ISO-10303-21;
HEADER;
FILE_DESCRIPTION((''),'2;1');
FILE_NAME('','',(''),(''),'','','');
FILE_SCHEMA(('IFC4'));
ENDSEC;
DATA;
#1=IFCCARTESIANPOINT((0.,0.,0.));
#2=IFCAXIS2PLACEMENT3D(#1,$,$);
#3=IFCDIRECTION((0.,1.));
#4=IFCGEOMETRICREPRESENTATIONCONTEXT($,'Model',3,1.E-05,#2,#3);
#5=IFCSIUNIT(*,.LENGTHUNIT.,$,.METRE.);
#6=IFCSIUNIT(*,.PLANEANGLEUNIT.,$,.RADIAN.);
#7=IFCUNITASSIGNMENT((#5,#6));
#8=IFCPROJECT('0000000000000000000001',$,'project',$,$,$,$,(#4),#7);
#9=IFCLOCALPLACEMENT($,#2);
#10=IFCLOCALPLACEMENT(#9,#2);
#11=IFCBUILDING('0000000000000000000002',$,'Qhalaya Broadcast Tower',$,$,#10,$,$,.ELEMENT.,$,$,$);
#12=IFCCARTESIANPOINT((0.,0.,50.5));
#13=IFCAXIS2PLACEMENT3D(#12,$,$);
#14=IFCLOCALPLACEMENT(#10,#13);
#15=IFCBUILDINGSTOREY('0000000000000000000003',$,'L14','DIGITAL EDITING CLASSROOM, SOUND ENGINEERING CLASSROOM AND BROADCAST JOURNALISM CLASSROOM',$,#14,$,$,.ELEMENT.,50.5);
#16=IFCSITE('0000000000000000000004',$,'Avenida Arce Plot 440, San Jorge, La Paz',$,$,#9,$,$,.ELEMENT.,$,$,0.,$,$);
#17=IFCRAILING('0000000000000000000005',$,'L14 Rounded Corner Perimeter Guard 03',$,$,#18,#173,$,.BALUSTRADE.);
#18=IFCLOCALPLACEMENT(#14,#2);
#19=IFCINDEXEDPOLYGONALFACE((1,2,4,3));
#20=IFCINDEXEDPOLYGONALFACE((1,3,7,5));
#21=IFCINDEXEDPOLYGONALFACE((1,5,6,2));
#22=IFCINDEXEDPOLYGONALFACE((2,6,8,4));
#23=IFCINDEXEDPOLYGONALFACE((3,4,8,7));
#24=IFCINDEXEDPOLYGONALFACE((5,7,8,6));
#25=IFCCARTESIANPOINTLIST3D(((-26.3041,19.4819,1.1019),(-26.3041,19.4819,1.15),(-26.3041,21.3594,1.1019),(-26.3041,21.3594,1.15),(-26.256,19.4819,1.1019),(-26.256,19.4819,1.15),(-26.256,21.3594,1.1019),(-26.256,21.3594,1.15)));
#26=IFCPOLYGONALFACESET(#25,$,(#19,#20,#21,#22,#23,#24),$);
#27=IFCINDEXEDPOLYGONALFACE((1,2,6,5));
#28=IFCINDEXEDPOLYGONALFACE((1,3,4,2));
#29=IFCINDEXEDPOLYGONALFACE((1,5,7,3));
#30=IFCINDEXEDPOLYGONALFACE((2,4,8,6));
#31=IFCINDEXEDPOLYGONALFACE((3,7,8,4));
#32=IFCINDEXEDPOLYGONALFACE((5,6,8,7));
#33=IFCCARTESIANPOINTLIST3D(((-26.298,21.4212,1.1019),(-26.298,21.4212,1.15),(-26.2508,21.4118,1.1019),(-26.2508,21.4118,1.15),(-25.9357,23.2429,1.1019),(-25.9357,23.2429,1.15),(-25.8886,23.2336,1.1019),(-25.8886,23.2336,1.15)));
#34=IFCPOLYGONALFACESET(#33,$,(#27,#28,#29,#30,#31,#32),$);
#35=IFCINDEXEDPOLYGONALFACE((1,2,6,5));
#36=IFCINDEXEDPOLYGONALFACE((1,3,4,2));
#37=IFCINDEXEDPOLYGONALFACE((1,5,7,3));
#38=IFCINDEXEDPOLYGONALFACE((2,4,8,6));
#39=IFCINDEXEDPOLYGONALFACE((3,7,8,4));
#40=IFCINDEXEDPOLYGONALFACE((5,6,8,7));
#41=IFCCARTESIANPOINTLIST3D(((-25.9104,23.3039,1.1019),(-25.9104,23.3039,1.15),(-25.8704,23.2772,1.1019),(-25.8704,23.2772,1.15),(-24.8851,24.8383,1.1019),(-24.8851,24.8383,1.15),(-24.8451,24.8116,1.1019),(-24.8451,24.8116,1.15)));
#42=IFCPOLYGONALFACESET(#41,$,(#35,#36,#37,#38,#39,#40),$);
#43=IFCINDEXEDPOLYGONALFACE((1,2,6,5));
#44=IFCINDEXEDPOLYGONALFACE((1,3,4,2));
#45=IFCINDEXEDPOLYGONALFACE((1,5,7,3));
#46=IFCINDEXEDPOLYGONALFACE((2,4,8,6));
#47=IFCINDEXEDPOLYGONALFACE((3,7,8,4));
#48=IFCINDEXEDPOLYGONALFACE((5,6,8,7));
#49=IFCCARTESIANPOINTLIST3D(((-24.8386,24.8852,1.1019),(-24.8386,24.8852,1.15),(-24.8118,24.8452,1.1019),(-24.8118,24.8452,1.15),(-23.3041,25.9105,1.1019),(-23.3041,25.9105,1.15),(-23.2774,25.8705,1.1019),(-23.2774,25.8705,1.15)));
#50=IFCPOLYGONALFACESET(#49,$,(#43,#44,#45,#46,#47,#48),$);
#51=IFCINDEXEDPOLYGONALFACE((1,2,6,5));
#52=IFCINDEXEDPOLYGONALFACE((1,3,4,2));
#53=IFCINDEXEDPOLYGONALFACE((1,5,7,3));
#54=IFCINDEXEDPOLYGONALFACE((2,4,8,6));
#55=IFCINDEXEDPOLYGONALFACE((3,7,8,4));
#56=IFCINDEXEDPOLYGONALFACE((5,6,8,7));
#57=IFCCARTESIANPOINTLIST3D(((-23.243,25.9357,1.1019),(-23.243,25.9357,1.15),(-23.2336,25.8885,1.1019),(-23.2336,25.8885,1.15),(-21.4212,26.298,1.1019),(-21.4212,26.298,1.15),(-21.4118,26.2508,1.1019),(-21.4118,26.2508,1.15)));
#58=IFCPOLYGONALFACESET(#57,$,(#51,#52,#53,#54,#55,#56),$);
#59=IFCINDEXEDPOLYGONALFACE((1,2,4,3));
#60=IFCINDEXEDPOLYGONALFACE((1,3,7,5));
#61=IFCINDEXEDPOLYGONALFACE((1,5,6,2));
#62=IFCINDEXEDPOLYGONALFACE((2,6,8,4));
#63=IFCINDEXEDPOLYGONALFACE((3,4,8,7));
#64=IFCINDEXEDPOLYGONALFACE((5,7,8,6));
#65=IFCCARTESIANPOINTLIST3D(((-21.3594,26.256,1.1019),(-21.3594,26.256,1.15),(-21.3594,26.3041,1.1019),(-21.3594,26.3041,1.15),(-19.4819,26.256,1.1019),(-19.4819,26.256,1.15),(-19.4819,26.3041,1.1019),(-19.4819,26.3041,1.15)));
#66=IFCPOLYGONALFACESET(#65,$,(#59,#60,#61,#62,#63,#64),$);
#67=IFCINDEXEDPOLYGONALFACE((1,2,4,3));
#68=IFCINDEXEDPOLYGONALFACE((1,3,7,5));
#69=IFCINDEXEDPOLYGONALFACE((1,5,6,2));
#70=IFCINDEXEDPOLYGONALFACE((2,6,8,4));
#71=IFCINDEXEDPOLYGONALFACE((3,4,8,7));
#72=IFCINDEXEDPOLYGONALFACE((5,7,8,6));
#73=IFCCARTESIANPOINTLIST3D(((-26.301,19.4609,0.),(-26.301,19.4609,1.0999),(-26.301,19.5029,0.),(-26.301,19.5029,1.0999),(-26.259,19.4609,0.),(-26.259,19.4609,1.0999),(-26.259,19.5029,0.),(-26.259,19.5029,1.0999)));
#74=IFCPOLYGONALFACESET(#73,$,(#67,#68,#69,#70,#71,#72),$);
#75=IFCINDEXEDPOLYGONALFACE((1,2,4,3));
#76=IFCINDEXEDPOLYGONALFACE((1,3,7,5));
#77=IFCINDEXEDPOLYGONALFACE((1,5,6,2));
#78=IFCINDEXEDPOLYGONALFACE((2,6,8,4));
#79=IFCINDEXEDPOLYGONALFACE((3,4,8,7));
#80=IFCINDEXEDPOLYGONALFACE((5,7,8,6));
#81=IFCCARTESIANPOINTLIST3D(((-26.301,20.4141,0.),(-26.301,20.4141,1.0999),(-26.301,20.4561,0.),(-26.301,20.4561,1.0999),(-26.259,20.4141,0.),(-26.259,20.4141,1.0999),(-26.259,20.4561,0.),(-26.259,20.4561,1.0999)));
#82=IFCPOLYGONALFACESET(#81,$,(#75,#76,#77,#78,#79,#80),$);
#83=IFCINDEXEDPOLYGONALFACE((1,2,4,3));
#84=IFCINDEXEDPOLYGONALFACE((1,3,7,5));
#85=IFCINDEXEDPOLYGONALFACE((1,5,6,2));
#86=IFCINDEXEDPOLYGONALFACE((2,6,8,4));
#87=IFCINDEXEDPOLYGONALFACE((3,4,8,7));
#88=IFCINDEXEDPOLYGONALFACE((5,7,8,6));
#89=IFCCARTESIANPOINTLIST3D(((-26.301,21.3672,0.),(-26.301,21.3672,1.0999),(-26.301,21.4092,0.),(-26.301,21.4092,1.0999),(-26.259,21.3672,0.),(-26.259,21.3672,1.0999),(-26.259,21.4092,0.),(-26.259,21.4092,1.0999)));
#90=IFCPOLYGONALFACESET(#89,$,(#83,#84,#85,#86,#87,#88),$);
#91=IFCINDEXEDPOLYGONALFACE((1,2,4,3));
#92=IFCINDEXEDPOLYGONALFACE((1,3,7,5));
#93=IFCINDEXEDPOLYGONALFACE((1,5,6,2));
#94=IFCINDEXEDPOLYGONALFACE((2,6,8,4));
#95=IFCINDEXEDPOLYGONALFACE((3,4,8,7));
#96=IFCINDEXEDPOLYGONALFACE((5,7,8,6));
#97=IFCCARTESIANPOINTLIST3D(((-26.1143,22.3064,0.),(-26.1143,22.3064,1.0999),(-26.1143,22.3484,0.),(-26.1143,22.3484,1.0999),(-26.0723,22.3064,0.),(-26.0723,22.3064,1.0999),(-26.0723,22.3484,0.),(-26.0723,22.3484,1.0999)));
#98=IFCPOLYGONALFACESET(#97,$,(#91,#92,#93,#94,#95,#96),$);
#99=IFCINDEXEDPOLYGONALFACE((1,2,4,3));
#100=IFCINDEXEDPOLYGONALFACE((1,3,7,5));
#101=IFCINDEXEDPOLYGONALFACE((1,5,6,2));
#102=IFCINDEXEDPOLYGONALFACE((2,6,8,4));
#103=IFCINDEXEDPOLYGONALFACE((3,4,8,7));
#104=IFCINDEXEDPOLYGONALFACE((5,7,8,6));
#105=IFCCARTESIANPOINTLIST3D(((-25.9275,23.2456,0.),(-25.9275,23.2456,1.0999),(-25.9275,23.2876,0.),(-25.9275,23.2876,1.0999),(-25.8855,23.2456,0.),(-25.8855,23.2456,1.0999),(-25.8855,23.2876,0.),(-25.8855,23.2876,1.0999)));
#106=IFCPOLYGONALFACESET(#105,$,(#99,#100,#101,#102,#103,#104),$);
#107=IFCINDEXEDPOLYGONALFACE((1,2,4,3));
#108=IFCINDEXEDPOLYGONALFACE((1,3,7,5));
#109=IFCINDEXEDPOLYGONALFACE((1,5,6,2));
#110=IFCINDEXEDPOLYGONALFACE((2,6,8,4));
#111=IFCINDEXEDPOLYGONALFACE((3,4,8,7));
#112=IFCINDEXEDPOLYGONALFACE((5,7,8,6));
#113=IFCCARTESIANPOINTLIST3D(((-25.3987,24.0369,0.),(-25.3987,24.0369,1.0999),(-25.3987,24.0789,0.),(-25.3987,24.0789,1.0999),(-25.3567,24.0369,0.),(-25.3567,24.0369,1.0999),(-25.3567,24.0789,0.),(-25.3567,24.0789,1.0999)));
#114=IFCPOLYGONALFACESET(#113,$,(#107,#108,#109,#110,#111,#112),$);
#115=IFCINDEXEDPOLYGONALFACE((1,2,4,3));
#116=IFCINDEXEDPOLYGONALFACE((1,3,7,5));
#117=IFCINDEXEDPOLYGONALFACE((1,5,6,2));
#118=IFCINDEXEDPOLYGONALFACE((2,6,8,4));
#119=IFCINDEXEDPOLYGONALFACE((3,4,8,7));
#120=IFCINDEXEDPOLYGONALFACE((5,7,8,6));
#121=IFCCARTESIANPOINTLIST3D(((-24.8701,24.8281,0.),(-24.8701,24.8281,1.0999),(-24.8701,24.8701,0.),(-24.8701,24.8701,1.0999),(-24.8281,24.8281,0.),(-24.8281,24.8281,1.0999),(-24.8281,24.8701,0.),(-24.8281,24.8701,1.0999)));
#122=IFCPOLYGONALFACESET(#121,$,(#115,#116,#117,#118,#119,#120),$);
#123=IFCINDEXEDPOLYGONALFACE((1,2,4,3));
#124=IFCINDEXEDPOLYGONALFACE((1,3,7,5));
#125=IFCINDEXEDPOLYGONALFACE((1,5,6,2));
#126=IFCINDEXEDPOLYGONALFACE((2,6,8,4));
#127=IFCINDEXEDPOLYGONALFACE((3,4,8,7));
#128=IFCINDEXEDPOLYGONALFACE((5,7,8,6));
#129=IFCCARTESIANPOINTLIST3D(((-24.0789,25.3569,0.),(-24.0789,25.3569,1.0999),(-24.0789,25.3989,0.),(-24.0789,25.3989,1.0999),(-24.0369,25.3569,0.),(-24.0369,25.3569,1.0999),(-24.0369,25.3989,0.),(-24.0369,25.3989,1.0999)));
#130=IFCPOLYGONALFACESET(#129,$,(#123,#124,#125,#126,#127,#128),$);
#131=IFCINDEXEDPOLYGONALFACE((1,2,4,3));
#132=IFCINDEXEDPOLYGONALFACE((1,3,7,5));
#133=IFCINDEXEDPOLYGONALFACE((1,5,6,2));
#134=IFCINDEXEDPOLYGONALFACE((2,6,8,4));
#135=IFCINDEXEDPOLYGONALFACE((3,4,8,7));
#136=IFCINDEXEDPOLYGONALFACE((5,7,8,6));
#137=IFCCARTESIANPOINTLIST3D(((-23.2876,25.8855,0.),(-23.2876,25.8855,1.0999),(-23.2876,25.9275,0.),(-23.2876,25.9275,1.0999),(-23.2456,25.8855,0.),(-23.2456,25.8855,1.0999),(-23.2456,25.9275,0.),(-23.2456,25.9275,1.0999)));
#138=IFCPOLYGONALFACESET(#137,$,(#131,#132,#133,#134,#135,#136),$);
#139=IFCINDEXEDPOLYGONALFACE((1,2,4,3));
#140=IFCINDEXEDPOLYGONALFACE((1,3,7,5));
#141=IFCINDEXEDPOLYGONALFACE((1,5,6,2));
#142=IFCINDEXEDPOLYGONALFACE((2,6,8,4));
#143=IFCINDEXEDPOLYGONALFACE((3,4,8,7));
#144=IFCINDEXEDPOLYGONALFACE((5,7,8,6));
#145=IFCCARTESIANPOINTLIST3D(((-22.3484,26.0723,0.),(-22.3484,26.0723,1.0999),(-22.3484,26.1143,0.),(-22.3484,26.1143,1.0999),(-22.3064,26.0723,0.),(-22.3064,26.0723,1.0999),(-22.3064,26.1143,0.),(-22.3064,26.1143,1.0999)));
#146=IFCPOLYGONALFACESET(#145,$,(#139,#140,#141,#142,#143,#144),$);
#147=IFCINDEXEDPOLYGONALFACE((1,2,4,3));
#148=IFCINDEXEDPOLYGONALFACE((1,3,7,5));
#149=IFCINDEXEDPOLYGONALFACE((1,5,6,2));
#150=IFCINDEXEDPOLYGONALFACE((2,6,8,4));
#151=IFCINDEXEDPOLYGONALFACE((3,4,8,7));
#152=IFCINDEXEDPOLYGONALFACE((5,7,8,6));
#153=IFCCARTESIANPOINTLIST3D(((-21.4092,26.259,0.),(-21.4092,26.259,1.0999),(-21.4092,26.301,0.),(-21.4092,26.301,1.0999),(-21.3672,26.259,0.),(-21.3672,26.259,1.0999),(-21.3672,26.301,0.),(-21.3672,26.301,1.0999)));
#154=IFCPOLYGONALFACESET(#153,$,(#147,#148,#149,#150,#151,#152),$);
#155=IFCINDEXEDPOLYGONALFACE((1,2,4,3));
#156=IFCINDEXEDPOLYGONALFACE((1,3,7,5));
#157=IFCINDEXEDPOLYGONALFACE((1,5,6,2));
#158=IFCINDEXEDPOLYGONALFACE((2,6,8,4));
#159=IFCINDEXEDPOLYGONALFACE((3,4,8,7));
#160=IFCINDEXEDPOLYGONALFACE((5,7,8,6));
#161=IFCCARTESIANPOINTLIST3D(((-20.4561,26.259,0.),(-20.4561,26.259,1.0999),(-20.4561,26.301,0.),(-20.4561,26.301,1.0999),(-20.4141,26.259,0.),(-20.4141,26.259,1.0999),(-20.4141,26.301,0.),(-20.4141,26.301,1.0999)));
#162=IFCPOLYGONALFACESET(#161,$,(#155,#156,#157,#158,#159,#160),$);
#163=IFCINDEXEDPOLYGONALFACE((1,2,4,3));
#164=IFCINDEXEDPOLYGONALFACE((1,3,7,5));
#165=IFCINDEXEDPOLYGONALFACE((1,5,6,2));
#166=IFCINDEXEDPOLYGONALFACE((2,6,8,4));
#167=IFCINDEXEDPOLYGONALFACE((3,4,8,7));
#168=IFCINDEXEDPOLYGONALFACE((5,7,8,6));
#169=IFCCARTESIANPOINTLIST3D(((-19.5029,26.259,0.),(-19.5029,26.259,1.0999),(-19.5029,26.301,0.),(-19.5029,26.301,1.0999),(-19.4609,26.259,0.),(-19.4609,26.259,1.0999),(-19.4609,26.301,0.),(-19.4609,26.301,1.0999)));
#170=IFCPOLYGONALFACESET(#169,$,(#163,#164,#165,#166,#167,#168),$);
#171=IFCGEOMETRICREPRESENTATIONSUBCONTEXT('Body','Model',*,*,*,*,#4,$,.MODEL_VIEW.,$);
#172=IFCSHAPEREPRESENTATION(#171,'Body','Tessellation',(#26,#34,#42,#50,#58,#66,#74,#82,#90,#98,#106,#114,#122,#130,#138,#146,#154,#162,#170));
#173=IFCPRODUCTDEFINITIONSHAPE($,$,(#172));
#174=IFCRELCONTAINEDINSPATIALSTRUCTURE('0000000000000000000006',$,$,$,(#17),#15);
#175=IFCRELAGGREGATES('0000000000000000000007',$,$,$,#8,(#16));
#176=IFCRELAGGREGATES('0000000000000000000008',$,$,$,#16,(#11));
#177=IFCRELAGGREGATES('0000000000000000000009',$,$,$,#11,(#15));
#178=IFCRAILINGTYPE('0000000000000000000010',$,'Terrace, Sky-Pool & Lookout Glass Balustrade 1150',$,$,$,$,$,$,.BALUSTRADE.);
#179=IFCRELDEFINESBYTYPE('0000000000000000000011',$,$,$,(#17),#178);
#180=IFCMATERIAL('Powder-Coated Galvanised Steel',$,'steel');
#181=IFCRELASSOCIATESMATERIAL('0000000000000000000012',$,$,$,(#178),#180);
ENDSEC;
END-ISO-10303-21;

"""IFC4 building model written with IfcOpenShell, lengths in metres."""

from ifc_helpers import new_model, si_unit, direction, frame, origin, origin_2d, place, context, subcontext, project, spatial, rectangle, extrude, material, type_object, element, save


model = new_model("IFC4")

# Units and contexts
model_context = context("Model", 3, precision=1e-05, world=origin(), true_north=direction((0.0, 1.0)))
body_context = subcontext(model_context, "Body", "Model", "MODEL_VIEW")
ifc_project = project(units=[si_unit("LENGTHUNIT", "METRE"), si_unit("PLANEANGLEUNIT", "RADIAN")], contexts=[model_context])

# Site, building, storey
site_placement = place(None, origin())
site = spatial("IfcSite", under=ifc_project, at=site_placement, Name="Avenida Arce Plot 440, San Jorge, La Paz", CompositionType="ELEMENT", RefElevation=0.0)
building_placement = place(site_placement, origin())
building = spatial("IfcBuilding", under=site, at=building_placement, Name="Qhalaya Broadcast Tower", CompositionType="ELEMENT")
storey_placement = place(building_placement, frame((0.0, 0.0, 50.5)))
storey = spatial("IfcBuildingStorey", under=building, at=storey_placement, Name="L14", Description="DIGITAL EDITING CLASSROOM, SOUND ENGINEERING CLASSROOM AND BROADCAST JOURNALISM CLASSROOM", CompositionType="ELEMENT", Elevation=50.5)

# Railing
ifc_material_1 = material(Name="Powder-Coated Galvanised Steel", Category="steel")
railing_type = type_object("IfcRailingType", Name="Terrace, Sky-Pool & Lookout Glass Balustrade 1150", PredefinedType="BALUSTRADE", material=ifc_material_1)
railing_placement = place(storey_placement, frame((-26.28, 19.4819, 0.0)))
element("IfcRailing", 1, at=railing_placement, inside=storey, type_object=railing_type, Name="L14 Rounded Corner Perimeter Guard 03", PredefinedType="BALUSTRADE", context=body_context, shape_type="SweptSolid", body=[
    extrude(rectangle(XDim=0.0481, YDim=0.0481, at=origin_2d()), frame((0.0, 0.0, 1.126), z_axis=(0.0, 1.0, 0.0), x_axis=(-1.0, 0.0, 0.0)), (0.0, 0.0, 1.0), 1.8774),
    extrude(rectangle(XDim=0.0481, YDim=0.0481, at=origin_2d()), frame((0.0056, 1.9346, 1.126), z_axis=(0.195037, 0.980796, 0.0), x_axis=(-0.980796, 0.195037, 0.0)), (0.0, 0.0, 1.0), 1.8574),
    extrude(rectangle(XDim=0.0481, YDim=0.0481, at=origin_2d()), frame((0.3896, 3.8086, 1.126), z_axis=(0.555558, 0.831478, 0.0), x_axis=(-0.831478, 0.555558, 0.0)), (0.0, 0.0, 1.0), 1.8455),
    extrude(rectangle(XDim=0.0481, YDim=0.0481, at=origin_2d()), frame((1.4548, 5.3833, 1.126), z_axis=(0.831478, 0.555558, 0.0), x_axis=(-0.555558, 0.831478, 0.0)), (0.0, 0.0, 1.0), 1.8455),
    extrude(rectangle(XDim=0.0481, YDim=0.0481, at=origin_2d()), frame((3.0417, 6.4302, 1.126), z_axis=(0.980796, 0.195037, 0.0), x_axis=(-0.195037, 0.980796, 0.0)), (0.0, 0.0, 1.0), 1.8574),
    extrude(rectangle(XDim=0.0481, YDim=0.0481, at=origin_2d()), frame((4.9207, 6.7981, 1.126), z_axis=(1.0, 0.0, 0.0), x_axis=(0.0, 1.0, 0.0)), (0.0, 0.0, 1.0), 1.8774),
    extrude(rectangle(XDim=0.042, YDim=0.042, at=origin_2d()), origin(), (0.0, 0.0, 1.0), 1.0999),
    extrude(rectangle(XDim=0.042, YDim=0.042, at=origin_2d()), frame((0.0, 0.9531, 0.0)), (0.0, 0.0, 1.0), 1.0999),
    extrude(rectangle(XDim=0.042, YDim=0.042, at=origin_2d()), frame((0.0, 1.9062, 0.0)), (0.0, 0.0, 1.0), 1.0999),
    extrude(rectangle(XDim=0.042, YDim=0.042, at=origin_2d()), frame((0.1868, 2.8455, 0.0)), (0.0, 0.0, 1.0), 1.0999),
    extrude(rectangle(XDim=0.042, YDim=0.042, at=origin_2d()), frame((0.3735, 3.7847, 0.0)), (0.0, 0.0, 1.0), 1.0999),
    extrude(rectangle(XDim=0.042, YDim=0.042, at=origin_2d()), frame((0.9023, 4.5759, 0.0)), (0.0, 0.0, 1.0), 1.0999),
    extrude(rectangle(XDim=0.042, YDim=0.042, at=origin_2d()), frame((1.4309, 5.3672, 0.0)), (0.0, 0.0, 1.0), 1.0999),
    extrude(rectangle(XDim=0.042, YDim=0.042, at=origin_2d()), frame((2.2222, 5.896, 0.0)), (0.0, 0.0, 1.0), 1.0999),
    extrude(rectangle(XDim=0.042, YDim=0.042, at=origin_2d()), frame((3.0134, 6.4246, 0.0)), (0.0, 0.0, 1.0), 1.0999),
    extrude(rectangle(XDim=0.042, YDim=0.042, at=origin_2d()), frame((3.9526, 6.6113, 0.0)), (0.0, 0.0, 1.0), 1.0999),
    extrude(rectangle(XDim=0.042, YDim=0.042, at=origin_2d()), frame((4.8918, 6.7981, 0.0)), (0.0, 0.0, 1.0), 1.0999),
    extrude(rectangle(XDim=0.042, YDim=0.042, at=origin_2d()), frame((5.845, 6.7981, 0.0)), (0.0, 0.0, 1.0), 1.0999),
    extrude(rectangle(XDim=0.042, YDim=0.042, at=origin_2d()), frame((6.7981, 6.7981, 0.0)), (0.0, 0.0, 1.0), 1.0999),
])

save(model, "model.ifc")
